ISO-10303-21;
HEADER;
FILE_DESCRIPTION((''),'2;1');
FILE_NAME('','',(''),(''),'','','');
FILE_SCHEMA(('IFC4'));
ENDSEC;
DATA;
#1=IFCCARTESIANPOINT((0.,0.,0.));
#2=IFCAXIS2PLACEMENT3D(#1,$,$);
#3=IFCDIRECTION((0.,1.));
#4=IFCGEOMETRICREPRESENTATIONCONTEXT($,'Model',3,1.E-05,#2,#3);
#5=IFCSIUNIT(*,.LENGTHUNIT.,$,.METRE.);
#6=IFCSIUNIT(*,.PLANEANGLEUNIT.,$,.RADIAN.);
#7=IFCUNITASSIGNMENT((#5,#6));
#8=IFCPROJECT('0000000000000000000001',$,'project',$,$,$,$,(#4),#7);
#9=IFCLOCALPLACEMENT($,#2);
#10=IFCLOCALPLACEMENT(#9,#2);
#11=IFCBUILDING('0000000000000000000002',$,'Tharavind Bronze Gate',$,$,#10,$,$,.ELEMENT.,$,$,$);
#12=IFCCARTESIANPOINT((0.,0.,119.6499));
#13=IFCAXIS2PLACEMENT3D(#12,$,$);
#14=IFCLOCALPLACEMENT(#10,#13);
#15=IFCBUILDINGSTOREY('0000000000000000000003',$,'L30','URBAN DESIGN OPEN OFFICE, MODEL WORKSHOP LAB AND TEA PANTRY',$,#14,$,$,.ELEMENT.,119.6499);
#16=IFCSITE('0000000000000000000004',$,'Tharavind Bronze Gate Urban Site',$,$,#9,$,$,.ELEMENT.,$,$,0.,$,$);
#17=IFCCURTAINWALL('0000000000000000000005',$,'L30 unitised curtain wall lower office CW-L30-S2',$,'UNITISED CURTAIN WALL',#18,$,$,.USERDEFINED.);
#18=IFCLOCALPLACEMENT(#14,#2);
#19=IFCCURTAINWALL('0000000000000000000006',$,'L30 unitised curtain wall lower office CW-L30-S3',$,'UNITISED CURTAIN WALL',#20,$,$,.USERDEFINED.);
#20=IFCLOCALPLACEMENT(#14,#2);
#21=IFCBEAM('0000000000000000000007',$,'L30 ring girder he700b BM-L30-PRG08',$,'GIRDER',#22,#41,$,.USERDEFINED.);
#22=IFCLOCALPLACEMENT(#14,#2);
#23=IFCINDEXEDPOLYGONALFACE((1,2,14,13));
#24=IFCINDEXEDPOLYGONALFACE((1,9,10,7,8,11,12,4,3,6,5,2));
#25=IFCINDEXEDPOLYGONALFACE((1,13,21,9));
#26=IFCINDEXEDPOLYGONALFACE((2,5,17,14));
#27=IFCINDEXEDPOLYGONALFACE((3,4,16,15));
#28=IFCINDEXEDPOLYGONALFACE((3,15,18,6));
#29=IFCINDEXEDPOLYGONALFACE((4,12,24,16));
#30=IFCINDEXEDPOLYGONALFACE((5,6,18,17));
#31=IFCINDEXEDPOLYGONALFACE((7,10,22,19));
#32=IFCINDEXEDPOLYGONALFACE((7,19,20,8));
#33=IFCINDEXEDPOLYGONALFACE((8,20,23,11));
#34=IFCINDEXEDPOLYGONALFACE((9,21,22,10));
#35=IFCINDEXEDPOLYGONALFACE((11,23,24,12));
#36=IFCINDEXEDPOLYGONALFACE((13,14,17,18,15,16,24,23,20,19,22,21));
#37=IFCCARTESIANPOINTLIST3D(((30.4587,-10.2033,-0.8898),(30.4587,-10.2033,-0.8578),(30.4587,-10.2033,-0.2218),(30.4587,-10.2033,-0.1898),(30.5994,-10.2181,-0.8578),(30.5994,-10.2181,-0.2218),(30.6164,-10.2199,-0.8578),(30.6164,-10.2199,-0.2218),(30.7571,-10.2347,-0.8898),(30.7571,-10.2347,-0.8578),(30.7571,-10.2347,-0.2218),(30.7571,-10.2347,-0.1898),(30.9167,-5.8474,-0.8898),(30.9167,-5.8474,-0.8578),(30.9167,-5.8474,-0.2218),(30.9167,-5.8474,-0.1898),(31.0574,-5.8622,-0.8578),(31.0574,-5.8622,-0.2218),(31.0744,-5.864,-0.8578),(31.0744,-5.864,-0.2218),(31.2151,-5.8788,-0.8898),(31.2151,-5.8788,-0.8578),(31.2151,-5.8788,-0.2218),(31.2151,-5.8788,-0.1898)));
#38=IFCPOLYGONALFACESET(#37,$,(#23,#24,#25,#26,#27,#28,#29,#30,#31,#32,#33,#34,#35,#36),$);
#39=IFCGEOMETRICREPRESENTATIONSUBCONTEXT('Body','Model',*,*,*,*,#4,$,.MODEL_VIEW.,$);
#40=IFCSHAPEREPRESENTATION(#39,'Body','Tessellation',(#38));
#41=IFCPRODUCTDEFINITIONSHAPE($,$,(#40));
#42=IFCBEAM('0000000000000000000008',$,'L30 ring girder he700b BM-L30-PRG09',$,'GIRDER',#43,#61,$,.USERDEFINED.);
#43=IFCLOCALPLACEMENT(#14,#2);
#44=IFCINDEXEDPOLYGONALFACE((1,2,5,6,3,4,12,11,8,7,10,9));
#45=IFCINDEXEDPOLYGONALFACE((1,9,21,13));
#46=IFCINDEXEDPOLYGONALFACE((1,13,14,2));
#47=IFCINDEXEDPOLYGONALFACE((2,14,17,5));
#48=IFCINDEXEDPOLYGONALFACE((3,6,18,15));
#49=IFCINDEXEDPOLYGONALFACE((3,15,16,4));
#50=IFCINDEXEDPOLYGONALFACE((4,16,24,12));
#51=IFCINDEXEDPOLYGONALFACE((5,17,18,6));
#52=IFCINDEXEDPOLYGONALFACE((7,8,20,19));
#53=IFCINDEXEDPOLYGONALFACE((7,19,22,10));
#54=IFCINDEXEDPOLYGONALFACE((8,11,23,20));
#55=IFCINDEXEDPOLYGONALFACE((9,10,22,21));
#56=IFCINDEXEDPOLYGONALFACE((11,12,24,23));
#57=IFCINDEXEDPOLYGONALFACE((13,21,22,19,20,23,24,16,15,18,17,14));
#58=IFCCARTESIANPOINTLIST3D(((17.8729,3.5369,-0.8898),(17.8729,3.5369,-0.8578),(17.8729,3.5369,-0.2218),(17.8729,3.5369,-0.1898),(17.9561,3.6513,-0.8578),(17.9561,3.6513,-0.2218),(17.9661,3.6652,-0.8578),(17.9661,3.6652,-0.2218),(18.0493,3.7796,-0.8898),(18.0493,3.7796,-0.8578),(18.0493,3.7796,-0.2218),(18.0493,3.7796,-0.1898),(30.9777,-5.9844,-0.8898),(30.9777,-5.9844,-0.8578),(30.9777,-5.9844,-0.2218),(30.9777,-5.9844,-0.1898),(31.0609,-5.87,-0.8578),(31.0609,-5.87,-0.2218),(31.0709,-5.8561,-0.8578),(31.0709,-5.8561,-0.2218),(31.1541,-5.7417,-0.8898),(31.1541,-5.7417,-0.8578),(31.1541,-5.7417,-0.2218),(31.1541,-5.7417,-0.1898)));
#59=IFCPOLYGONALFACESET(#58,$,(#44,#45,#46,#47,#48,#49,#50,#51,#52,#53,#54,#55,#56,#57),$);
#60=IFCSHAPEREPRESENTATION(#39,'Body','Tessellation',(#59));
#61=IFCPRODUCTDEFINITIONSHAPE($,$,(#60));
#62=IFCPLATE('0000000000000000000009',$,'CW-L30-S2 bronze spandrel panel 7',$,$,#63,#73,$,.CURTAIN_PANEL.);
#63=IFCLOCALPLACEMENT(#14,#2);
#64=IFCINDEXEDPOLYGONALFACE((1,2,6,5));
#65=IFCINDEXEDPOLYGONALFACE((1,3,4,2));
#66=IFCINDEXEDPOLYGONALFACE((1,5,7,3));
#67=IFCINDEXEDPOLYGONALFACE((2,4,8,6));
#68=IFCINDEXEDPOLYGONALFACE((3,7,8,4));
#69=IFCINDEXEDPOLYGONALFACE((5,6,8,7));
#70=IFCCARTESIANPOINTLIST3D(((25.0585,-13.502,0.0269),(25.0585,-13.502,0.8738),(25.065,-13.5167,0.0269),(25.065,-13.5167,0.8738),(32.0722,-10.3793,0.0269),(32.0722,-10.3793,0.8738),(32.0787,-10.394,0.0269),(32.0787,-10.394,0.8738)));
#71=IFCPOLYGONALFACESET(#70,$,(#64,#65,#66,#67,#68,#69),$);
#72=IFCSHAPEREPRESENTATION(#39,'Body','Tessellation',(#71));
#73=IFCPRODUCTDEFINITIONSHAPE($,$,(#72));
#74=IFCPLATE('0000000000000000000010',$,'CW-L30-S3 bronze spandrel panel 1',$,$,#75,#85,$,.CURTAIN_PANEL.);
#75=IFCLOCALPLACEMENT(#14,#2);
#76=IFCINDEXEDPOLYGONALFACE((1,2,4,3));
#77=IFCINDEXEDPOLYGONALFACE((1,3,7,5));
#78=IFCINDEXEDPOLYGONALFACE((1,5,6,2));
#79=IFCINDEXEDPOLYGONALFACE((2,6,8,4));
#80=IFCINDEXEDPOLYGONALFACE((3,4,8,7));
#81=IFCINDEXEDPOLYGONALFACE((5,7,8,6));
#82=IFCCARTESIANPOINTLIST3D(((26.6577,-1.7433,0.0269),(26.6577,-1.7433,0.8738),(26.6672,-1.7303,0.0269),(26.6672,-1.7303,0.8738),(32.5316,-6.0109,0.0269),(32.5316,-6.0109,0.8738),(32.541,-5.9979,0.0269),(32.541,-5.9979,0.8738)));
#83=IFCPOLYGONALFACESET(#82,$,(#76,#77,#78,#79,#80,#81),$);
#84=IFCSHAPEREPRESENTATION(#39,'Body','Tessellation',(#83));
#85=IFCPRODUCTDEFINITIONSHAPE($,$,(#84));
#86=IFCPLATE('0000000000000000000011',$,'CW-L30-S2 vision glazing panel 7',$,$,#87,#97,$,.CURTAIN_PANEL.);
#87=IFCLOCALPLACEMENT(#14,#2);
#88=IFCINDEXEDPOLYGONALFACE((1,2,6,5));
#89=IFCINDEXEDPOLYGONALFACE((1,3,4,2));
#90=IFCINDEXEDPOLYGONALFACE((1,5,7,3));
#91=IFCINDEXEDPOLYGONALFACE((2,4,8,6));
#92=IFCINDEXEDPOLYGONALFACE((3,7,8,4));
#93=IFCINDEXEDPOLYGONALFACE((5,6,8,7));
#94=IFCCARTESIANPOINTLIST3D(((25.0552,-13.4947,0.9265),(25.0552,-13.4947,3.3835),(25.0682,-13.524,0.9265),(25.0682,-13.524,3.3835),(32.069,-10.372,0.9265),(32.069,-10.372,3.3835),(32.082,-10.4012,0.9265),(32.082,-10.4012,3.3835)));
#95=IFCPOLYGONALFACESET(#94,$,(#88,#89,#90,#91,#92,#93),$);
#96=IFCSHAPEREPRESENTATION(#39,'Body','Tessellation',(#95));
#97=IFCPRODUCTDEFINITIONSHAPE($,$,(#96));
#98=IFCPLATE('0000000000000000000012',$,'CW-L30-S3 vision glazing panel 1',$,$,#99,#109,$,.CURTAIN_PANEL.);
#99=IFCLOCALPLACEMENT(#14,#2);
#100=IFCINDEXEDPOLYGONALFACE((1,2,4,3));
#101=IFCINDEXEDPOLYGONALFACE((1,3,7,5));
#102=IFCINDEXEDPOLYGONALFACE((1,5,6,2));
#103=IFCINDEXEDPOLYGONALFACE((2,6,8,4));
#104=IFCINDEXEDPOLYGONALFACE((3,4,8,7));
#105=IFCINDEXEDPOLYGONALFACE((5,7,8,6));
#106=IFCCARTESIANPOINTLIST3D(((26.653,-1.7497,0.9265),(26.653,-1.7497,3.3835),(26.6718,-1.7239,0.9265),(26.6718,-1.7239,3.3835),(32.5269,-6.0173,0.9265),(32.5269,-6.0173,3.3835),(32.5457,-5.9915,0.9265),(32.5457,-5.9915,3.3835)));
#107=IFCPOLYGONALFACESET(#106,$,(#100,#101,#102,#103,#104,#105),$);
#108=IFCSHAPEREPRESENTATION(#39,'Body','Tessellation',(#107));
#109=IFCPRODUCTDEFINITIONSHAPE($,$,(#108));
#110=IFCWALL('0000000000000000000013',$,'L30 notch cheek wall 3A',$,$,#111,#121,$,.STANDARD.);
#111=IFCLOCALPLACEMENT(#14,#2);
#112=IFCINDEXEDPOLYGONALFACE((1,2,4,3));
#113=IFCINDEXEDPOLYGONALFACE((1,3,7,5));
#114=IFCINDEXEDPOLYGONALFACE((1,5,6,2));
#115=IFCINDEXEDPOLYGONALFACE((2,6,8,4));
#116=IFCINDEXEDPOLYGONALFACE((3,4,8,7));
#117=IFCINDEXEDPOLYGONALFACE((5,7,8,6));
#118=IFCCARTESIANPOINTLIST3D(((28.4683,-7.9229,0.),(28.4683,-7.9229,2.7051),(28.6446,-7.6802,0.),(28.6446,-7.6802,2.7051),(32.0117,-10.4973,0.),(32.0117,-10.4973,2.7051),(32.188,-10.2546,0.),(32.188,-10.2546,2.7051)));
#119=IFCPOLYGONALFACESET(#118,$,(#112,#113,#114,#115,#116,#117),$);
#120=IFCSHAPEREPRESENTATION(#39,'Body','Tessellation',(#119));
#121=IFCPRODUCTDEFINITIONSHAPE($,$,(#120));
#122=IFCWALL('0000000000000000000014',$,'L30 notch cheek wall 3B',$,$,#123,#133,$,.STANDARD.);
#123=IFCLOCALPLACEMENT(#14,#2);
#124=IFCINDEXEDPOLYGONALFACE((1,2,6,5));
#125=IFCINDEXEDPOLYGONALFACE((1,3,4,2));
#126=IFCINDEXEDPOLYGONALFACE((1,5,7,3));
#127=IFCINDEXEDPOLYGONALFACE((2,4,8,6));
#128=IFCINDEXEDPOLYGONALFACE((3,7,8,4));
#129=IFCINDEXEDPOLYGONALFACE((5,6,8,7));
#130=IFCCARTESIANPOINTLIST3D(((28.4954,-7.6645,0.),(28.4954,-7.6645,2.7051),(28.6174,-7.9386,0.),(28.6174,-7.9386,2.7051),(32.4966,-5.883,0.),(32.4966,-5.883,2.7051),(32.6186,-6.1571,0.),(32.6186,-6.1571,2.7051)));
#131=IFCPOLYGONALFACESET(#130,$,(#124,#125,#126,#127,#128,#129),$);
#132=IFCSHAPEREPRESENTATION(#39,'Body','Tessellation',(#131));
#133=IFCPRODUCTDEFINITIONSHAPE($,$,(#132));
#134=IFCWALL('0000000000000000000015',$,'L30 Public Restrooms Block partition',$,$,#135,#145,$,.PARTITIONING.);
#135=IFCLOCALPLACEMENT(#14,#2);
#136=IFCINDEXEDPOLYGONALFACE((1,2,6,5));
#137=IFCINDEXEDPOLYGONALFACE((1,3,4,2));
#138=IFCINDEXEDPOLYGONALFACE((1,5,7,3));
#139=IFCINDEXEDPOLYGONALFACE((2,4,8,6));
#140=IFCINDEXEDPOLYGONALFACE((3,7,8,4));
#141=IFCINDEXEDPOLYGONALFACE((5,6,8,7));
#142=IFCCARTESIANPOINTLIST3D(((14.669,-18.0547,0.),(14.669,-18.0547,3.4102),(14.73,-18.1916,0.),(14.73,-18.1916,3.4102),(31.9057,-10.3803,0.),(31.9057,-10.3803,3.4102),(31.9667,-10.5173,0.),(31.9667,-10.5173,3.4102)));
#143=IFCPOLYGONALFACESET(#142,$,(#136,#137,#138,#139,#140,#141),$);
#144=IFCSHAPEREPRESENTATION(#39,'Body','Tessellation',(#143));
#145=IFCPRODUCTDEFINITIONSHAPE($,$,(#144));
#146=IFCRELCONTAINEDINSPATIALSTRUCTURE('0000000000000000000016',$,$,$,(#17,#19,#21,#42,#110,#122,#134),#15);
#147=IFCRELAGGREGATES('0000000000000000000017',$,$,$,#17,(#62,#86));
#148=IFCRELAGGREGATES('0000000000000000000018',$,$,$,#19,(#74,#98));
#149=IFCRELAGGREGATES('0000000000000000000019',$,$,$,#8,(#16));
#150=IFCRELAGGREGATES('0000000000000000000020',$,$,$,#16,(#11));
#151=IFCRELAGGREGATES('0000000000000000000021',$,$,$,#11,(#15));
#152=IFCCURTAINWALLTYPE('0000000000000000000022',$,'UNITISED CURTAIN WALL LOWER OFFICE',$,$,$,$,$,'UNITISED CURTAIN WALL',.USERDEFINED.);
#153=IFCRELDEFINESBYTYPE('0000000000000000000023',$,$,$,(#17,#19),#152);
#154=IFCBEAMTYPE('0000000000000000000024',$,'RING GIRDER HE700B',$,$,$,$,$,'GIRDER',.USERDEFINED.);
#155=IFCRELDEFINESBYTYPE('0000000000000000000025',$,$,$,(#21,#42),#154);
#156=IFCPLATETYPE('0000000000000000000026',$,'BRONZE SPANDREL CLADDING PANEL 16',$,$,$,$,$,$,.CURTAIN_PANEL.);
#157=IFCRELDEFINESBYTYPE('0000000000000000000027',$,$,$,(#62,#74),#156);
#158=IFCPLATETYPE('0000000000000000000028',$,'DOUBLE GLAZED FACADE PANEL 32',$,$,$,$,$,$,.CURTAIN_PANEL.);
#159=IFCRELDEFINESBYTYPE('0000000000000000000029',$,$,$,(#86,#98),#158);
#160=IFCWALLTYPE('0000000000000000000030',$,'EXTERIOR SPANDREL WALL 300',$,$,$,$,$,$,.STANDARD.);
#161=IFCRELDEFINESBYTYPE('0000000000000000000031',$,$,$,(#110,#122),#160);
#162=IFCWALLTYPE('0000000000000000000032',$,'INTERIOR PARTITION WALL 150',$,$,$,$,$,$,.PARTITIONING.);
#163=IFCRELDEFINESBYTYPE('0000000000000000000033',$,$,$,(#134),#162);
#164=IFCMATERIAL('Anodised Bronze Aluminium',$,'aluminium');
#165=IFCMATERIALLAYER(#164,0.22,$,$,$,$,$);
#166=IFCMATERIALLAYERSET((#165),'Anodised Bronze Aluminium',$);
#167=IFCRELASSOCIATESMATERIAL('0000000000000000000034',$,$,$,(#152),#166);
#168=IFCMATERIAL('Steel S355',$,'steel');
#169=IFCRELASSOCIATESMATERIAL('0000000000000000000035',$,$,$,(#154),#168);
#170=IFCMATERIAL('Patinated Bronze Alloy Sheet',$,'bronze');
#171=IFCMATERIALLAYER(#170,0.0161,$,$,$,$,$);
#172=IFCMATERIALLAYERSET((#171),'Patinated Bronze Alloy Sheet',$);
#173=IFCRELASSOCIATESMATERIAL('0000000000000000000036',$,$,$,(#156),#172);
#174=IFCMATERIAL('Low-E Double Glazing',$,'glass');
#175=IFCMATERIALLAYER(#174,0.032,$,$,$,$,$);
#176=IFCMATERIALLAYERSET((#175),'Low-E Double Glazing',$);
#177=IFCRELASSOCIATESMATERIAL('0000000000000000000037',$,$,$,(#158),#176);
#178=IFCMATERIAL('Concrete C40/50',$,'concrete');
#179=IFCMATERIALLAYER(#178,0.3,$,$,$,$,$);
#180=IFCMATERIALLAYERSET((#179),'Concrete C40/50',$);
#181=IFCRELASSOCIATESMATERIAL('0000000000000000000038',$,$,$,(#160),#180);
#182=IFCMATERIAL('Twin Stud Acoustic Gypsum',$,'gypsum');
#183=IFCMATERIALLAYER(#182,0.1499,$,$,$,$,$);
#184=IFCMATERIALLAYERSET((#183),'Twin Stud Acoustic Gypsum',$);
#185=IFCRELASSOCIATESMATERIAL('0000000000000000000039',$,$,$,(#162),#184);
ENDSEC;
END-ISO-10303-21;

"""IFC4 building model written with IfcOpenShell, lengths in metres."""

from ifc_helpers import new_model, si_unit, direction, frame, frame_2d, origin, origin_2d, place, context, subcontext, project, spatial, rectangle, i_section, extrude, material, layer, layer_set, material_profile, profile_set, type_object, element, aggregate, save


model = new_model("IFC4")

# Units and contexts
model_context = context("Model", 3, precision=1e-05, world=origin(), true_north=direction((0.0, 1.0)))
body_context = subcontext(model_context, "Body", "Model", "MODEL_VIEW")
ifc_project = project(units=[si_unit("LENGTHUNIT", "METRE"), si_unit("PLANEANGLEUNIT", "RADIAN")], contexts=[model_context])

# Site, building, storey
site_placement = place(None, origin())
site = spatial("IfcSite", under=ifc_project, at=site_placement, Name="Tharavind Bronze Gate Urban Site", CompositionType="ELEMENT", RefElevation=0.0)
building_placement = place(site_placement, origin())
building = spatial("IfcBuilding", under=site, at=building_placement, Name="Tharavind Bronze Gate", CompositionType="ELEMENT")
storey_placement = place(building_placement, frame((0.0, 0.0, 119.6499)))
storey = spatial("IfcBuildingStorey", under=building, at=storey_placement, Name="L30", Description="URBAN DESIGN OPEN OFFICE, MODEL WORKSHOP LAB AND TEA PANTRY", CompositionType="ELEMENT", Elevation=119.6499)

# Curtain walls
ifc_material_1 = material(Name="Anodised Bronze Aluminium", Category="aluminium")
ifc_layer_1 = layer(ifc_material_1, 0.22)
ifc_layer_set_1 = layer_set([ifc_layer_1], Name="Anodised Bronze Aluminium")
curtain_wall_type = type_object("IfcCurtainWallType", Name="UNITISED CURTAIN WALL LOWER OFFICE", ElementType="UNITISED CURTAIN WALL", PredefinedType="USERDEFINED", material=ifc_layer_set_1)
curtain_wall_1_placement = place(storey_placement, origin())
curtain_wall_1 = element("IfcCurtainWall", 1, at=curtain_wall_1_placement, inside=storey, type_object=curtain_wall_type, Name="L30 unitised curtain wall lower office CW-L30-S2", ObjectType="UNITISED CURTAIN WALL", PredefinedType="USERDEFINED")
curtain_wall_2_placement = place(storey_placement, origin())
curtain_wall_2 = element("IfcCurtainWall", 2, at=curtain_wall_2_placement, inside=storey, type_object=curtain_wall_type, Name="L30 unitised curtain wall lower office CW-L30-S3", ObjectType="UNITISED CURTAIN WALL", PredefinedType="USERDEFINED")

# Beams
ifc_material_2 = material(Name="Steel S355", Category="steel")
ifc_material_profile_1 = material_profile(ifc_material_2, i_section(OverallWidth=0.3, OverallDepth=0.7, WebThickness=0.0171, FlangeThickness=0.032, at=origin_2d()), Name="HE700B")
ifc_profile_set_1 = profile_set([ifc_material_profile_1], Name="Steel S355")
beam_type_1 = type_object("IfcBeamType", Name="RING GIRDER HE700B", ElementType="GIRDER", PredefinedType="USERDEFINED", material=ifc_profile_set_1)
beam_1_placement = place(storey_placement, frame((30.6079, -10.219, -0.5398), z_axis=(0.104569, 0.994518, 0.0), x_axis=(-0.994518, 0.104569, 0.0)))
element("IfcBeam", 3, at=beam_1_placement, inside=storey, type_object=beam_type_1, Name="L30 ring girder he700b BM-L30-PRG08", ObjectType="GIRDER", PredefinedType="USERDEFINED", context=body_context, shape_type="SweptSolid", body=[
    extrude(i_section(OverallWidth=0.3, OverallDepth=0.7, WebThickness=0.0171, FlangeThickness=0.032, at=origin_2d()), origin(), (0.0, 0.0, 1.0), 4.3799),
])
beam_2_placement = place(storey_placement, frame((31.0659, -5.863, -0.5398), z_axis=(-0.809014, 0.587789, 0.0), x_axis=(-0.587789, -0.809014, 0.0)))
element("IfcBeam", 4, at=beam_2_placement, inside=storey, type_object=beam_type_1, Name="L30 ring girder he700b BM-L30-PRG09", ObjectType="GIRDER", PredefinedType="USERDEFINED", context=body_context, shape_type="SweptSolid", body=[
    extrude(i_section(OverallWidth=0.3, OverallDepth=0.7, WebThickness=0.0171, FlangeThickness=0.032, at=origin_2d()), origin(), (0.0, 0.0, 1.0), 16.1985),
])

# Plates
ifc_material_3 = material(Name="Patinated Bronze Alloy Sheet", Category="bronze")
ifc_layer_2 = layer(ifc_material_3, 0.0161)
ifc_layer_set_2 = layer_set([ifc_layer_2], Name="Patinated Bronze Alloy Sheet")
plate_type_1 = type_object("IfcPlateType", Name="BRONZE SPANDREL CLADDING PANEL 16", PredefinedType="CURTAIN_PANEL", material=ifc_layer_set_2)
plate_1_placement = place(storey_placement, frame((28.5686, -11.948, 0.0269), z_axis=(0.0, 0.0, 1.0), x_axis=(0.913545, 0.406737, 0.0)))
plate_1 = element("IfcPlate", 5, at=plate_1_placement, type_object=plate_type_1, Name="CW-L30-S2 bronze spandrel panel 7", PredefinedType="CURTAIN_PANEL", context=body_context, shape_type="SweptSolid", body=[
    extrude(rectangle(XDim=7.6775, YDim=0.0161, at=origin_2d()), origin(), (0.0, 0.0, 1.0), 0.8469),
])
plate_2_placement = place(storey_placement, frame((29.5994, -3.8706, 0.0269), z_axis=(0.0, 0.0, 1.0), x_axis=(-0.809017, 0.587785, 0.0)))
plate_2 = element("IfcPlate", 6, at=plate_2_placement, type_object=plate_type_1, Name="CW-L30-S3 bronze spandrel panel 1", PredefinedType="CURTAIN_PANEL", context=body_context, shape_type="SweptSolid", body=[
    extrude(rectangle(XDim=7.2605, YDim=0.0161, at=origin_2d()), origin(), (0.0, 0.0, 1.0), 0.8469),
])
ifc_material_4 = material(Name="Low-E Double Glazing", Category="glass")
ifc_layer_3 = layer(ifc_material_4, 0.032)
ifc_layer_set_3 = layer_set([ifc_layer_3], Name="Low-E Double Glazing")
plate_type_2 = type_object("IfcPlateType", Name="DOUBLE GLAZED FACADE PANEL 32", PredefinedType="CURTAIN_PANEL", material=ifc_layer_set_3)
plate_3_placement = place(storey_placement, frame((28.5686, -11.948, 0.9265), z_axis=(0.0, 0.0, 1.0), x_axis=(0.913545, 0.406737, 0.0)))
plate_3 = element("IfcPlate", 7, at=plate_3_placement, type_object=plate_type_2, Name="CW-L30-S2 vision glazing panel 7", PredefinedType="CURTAIN_PANEL", context=body_context, shape_type="SweptSolid", body=[
    extrude(rectangle(XDim=7.6775, YDim=0.032, at=origin_2d()), origin(), (0.0, 0.0, 1.0), 2.457),
])
aggregate(curtain_wall_1, [plate_1, plate_3])
plate_4_placement = place(storey_placement, frame((29.5994, -3.8706, 0.9265), z_axis=(0.0, 0.0, 1.0), x_axis=(-0.809017, 0.587785, 0.0)))
plate_4 = element("IfcPlate", 8, at=plate_4_placement, type_object=plate_type_2, Name="CW-L30-S3 vision glazing panel 1", PredefinedType="CURTAIN_PANEL", context=body_context, shape_type="SweptSolid", body=[
    extrude(rectangle(XDim=7.2605, YDim=0.032, at=origin_2d()), origin(), (0.0, 0.0, 1.0), 2.457),
])
aggregate(curtain_wall_2, [plate_2, plate_4])

# Walls
ifc_material_5 = material(Name="Concrete C40/50", Category="concrete")
ifc_layer_4 = layer(ifc_material_5, 0.3)
ifc_layer_set_4 = layer_set([ifc_layer_4], Name="Concrete C40/50")
wall_type_1 = type_object("IfcWallType", Name="EXTERIOR SPANDREL WALL 300", PredefinedType="STANDARD", material=ifc_layer_set_4)
for number, where, z_axis, x_axis, name in (
    (9, (32.0999, -10.376, 0.0), (0.0, 0.0, 1.0), (-0.809018, 0.587784, 0.0), "L30 notch cheek wall 3A"),
    (10, (28.5564, -7.8015, 0.0), (0.0, 0.0, 1.0), (0.913542, 0.406743, 0.0), "L30 notch cheek wall 3B"),
):
    element("IfcWall", number, at=place(storey_placement, frame(where, z_axis=z_axis, x_axis=x_axis)), inside=storey, type_object=wall_type_1, Name=name, PredefinedType="STANDARD", context=body_context, shape_type="SweptSolid", body=[
        extrude(rectangle(XDim=4.3799, YDim=0.3, at=frame_2d((2.1899, 0.0))), origin(), (0.0, 0.0, 1.0), 2.7051),
    ])
ifc_material_6 = material(Name="Twin Stud Acoustic Gypsum", Category="gypsum")
ifc_layer_5 = layer(ifc_material_6, 0.1499)
ifc_layer_set_5 = layer_set([ifc_layer_5], Name="Twin Stud Acoustic Gypsum")
wall_type_2 = type_object("IfcWallType", Name="INTERIOR PARTITION WALL 150", PredefinedType="PARTITIONING", material=ifc_layer_set_5)
wall_placement = place(storey_placement, frame((31.9363, -10.4487, 0.0), z_axis=(0.0, 0.0, 1.0), x_axis=(-0.913543, -0.406741, 0.0)))
element("IfcWall", 11, at=wall_placement, inside=storey, type_object=wall_type_2, Name="L30 Public Restrooms Block partition", PredefinedType="PARTITIONING", context=body_context, shape_type="SweptSolid", body=[
    extrude(rectangle(XDim=18.8679, YDim=0.1499, at=frame_2d((9.4341, 0.0))), origin(), (0.0, 0.0, 1.0), 3.4102),
])

save(model, "model.ifc")
